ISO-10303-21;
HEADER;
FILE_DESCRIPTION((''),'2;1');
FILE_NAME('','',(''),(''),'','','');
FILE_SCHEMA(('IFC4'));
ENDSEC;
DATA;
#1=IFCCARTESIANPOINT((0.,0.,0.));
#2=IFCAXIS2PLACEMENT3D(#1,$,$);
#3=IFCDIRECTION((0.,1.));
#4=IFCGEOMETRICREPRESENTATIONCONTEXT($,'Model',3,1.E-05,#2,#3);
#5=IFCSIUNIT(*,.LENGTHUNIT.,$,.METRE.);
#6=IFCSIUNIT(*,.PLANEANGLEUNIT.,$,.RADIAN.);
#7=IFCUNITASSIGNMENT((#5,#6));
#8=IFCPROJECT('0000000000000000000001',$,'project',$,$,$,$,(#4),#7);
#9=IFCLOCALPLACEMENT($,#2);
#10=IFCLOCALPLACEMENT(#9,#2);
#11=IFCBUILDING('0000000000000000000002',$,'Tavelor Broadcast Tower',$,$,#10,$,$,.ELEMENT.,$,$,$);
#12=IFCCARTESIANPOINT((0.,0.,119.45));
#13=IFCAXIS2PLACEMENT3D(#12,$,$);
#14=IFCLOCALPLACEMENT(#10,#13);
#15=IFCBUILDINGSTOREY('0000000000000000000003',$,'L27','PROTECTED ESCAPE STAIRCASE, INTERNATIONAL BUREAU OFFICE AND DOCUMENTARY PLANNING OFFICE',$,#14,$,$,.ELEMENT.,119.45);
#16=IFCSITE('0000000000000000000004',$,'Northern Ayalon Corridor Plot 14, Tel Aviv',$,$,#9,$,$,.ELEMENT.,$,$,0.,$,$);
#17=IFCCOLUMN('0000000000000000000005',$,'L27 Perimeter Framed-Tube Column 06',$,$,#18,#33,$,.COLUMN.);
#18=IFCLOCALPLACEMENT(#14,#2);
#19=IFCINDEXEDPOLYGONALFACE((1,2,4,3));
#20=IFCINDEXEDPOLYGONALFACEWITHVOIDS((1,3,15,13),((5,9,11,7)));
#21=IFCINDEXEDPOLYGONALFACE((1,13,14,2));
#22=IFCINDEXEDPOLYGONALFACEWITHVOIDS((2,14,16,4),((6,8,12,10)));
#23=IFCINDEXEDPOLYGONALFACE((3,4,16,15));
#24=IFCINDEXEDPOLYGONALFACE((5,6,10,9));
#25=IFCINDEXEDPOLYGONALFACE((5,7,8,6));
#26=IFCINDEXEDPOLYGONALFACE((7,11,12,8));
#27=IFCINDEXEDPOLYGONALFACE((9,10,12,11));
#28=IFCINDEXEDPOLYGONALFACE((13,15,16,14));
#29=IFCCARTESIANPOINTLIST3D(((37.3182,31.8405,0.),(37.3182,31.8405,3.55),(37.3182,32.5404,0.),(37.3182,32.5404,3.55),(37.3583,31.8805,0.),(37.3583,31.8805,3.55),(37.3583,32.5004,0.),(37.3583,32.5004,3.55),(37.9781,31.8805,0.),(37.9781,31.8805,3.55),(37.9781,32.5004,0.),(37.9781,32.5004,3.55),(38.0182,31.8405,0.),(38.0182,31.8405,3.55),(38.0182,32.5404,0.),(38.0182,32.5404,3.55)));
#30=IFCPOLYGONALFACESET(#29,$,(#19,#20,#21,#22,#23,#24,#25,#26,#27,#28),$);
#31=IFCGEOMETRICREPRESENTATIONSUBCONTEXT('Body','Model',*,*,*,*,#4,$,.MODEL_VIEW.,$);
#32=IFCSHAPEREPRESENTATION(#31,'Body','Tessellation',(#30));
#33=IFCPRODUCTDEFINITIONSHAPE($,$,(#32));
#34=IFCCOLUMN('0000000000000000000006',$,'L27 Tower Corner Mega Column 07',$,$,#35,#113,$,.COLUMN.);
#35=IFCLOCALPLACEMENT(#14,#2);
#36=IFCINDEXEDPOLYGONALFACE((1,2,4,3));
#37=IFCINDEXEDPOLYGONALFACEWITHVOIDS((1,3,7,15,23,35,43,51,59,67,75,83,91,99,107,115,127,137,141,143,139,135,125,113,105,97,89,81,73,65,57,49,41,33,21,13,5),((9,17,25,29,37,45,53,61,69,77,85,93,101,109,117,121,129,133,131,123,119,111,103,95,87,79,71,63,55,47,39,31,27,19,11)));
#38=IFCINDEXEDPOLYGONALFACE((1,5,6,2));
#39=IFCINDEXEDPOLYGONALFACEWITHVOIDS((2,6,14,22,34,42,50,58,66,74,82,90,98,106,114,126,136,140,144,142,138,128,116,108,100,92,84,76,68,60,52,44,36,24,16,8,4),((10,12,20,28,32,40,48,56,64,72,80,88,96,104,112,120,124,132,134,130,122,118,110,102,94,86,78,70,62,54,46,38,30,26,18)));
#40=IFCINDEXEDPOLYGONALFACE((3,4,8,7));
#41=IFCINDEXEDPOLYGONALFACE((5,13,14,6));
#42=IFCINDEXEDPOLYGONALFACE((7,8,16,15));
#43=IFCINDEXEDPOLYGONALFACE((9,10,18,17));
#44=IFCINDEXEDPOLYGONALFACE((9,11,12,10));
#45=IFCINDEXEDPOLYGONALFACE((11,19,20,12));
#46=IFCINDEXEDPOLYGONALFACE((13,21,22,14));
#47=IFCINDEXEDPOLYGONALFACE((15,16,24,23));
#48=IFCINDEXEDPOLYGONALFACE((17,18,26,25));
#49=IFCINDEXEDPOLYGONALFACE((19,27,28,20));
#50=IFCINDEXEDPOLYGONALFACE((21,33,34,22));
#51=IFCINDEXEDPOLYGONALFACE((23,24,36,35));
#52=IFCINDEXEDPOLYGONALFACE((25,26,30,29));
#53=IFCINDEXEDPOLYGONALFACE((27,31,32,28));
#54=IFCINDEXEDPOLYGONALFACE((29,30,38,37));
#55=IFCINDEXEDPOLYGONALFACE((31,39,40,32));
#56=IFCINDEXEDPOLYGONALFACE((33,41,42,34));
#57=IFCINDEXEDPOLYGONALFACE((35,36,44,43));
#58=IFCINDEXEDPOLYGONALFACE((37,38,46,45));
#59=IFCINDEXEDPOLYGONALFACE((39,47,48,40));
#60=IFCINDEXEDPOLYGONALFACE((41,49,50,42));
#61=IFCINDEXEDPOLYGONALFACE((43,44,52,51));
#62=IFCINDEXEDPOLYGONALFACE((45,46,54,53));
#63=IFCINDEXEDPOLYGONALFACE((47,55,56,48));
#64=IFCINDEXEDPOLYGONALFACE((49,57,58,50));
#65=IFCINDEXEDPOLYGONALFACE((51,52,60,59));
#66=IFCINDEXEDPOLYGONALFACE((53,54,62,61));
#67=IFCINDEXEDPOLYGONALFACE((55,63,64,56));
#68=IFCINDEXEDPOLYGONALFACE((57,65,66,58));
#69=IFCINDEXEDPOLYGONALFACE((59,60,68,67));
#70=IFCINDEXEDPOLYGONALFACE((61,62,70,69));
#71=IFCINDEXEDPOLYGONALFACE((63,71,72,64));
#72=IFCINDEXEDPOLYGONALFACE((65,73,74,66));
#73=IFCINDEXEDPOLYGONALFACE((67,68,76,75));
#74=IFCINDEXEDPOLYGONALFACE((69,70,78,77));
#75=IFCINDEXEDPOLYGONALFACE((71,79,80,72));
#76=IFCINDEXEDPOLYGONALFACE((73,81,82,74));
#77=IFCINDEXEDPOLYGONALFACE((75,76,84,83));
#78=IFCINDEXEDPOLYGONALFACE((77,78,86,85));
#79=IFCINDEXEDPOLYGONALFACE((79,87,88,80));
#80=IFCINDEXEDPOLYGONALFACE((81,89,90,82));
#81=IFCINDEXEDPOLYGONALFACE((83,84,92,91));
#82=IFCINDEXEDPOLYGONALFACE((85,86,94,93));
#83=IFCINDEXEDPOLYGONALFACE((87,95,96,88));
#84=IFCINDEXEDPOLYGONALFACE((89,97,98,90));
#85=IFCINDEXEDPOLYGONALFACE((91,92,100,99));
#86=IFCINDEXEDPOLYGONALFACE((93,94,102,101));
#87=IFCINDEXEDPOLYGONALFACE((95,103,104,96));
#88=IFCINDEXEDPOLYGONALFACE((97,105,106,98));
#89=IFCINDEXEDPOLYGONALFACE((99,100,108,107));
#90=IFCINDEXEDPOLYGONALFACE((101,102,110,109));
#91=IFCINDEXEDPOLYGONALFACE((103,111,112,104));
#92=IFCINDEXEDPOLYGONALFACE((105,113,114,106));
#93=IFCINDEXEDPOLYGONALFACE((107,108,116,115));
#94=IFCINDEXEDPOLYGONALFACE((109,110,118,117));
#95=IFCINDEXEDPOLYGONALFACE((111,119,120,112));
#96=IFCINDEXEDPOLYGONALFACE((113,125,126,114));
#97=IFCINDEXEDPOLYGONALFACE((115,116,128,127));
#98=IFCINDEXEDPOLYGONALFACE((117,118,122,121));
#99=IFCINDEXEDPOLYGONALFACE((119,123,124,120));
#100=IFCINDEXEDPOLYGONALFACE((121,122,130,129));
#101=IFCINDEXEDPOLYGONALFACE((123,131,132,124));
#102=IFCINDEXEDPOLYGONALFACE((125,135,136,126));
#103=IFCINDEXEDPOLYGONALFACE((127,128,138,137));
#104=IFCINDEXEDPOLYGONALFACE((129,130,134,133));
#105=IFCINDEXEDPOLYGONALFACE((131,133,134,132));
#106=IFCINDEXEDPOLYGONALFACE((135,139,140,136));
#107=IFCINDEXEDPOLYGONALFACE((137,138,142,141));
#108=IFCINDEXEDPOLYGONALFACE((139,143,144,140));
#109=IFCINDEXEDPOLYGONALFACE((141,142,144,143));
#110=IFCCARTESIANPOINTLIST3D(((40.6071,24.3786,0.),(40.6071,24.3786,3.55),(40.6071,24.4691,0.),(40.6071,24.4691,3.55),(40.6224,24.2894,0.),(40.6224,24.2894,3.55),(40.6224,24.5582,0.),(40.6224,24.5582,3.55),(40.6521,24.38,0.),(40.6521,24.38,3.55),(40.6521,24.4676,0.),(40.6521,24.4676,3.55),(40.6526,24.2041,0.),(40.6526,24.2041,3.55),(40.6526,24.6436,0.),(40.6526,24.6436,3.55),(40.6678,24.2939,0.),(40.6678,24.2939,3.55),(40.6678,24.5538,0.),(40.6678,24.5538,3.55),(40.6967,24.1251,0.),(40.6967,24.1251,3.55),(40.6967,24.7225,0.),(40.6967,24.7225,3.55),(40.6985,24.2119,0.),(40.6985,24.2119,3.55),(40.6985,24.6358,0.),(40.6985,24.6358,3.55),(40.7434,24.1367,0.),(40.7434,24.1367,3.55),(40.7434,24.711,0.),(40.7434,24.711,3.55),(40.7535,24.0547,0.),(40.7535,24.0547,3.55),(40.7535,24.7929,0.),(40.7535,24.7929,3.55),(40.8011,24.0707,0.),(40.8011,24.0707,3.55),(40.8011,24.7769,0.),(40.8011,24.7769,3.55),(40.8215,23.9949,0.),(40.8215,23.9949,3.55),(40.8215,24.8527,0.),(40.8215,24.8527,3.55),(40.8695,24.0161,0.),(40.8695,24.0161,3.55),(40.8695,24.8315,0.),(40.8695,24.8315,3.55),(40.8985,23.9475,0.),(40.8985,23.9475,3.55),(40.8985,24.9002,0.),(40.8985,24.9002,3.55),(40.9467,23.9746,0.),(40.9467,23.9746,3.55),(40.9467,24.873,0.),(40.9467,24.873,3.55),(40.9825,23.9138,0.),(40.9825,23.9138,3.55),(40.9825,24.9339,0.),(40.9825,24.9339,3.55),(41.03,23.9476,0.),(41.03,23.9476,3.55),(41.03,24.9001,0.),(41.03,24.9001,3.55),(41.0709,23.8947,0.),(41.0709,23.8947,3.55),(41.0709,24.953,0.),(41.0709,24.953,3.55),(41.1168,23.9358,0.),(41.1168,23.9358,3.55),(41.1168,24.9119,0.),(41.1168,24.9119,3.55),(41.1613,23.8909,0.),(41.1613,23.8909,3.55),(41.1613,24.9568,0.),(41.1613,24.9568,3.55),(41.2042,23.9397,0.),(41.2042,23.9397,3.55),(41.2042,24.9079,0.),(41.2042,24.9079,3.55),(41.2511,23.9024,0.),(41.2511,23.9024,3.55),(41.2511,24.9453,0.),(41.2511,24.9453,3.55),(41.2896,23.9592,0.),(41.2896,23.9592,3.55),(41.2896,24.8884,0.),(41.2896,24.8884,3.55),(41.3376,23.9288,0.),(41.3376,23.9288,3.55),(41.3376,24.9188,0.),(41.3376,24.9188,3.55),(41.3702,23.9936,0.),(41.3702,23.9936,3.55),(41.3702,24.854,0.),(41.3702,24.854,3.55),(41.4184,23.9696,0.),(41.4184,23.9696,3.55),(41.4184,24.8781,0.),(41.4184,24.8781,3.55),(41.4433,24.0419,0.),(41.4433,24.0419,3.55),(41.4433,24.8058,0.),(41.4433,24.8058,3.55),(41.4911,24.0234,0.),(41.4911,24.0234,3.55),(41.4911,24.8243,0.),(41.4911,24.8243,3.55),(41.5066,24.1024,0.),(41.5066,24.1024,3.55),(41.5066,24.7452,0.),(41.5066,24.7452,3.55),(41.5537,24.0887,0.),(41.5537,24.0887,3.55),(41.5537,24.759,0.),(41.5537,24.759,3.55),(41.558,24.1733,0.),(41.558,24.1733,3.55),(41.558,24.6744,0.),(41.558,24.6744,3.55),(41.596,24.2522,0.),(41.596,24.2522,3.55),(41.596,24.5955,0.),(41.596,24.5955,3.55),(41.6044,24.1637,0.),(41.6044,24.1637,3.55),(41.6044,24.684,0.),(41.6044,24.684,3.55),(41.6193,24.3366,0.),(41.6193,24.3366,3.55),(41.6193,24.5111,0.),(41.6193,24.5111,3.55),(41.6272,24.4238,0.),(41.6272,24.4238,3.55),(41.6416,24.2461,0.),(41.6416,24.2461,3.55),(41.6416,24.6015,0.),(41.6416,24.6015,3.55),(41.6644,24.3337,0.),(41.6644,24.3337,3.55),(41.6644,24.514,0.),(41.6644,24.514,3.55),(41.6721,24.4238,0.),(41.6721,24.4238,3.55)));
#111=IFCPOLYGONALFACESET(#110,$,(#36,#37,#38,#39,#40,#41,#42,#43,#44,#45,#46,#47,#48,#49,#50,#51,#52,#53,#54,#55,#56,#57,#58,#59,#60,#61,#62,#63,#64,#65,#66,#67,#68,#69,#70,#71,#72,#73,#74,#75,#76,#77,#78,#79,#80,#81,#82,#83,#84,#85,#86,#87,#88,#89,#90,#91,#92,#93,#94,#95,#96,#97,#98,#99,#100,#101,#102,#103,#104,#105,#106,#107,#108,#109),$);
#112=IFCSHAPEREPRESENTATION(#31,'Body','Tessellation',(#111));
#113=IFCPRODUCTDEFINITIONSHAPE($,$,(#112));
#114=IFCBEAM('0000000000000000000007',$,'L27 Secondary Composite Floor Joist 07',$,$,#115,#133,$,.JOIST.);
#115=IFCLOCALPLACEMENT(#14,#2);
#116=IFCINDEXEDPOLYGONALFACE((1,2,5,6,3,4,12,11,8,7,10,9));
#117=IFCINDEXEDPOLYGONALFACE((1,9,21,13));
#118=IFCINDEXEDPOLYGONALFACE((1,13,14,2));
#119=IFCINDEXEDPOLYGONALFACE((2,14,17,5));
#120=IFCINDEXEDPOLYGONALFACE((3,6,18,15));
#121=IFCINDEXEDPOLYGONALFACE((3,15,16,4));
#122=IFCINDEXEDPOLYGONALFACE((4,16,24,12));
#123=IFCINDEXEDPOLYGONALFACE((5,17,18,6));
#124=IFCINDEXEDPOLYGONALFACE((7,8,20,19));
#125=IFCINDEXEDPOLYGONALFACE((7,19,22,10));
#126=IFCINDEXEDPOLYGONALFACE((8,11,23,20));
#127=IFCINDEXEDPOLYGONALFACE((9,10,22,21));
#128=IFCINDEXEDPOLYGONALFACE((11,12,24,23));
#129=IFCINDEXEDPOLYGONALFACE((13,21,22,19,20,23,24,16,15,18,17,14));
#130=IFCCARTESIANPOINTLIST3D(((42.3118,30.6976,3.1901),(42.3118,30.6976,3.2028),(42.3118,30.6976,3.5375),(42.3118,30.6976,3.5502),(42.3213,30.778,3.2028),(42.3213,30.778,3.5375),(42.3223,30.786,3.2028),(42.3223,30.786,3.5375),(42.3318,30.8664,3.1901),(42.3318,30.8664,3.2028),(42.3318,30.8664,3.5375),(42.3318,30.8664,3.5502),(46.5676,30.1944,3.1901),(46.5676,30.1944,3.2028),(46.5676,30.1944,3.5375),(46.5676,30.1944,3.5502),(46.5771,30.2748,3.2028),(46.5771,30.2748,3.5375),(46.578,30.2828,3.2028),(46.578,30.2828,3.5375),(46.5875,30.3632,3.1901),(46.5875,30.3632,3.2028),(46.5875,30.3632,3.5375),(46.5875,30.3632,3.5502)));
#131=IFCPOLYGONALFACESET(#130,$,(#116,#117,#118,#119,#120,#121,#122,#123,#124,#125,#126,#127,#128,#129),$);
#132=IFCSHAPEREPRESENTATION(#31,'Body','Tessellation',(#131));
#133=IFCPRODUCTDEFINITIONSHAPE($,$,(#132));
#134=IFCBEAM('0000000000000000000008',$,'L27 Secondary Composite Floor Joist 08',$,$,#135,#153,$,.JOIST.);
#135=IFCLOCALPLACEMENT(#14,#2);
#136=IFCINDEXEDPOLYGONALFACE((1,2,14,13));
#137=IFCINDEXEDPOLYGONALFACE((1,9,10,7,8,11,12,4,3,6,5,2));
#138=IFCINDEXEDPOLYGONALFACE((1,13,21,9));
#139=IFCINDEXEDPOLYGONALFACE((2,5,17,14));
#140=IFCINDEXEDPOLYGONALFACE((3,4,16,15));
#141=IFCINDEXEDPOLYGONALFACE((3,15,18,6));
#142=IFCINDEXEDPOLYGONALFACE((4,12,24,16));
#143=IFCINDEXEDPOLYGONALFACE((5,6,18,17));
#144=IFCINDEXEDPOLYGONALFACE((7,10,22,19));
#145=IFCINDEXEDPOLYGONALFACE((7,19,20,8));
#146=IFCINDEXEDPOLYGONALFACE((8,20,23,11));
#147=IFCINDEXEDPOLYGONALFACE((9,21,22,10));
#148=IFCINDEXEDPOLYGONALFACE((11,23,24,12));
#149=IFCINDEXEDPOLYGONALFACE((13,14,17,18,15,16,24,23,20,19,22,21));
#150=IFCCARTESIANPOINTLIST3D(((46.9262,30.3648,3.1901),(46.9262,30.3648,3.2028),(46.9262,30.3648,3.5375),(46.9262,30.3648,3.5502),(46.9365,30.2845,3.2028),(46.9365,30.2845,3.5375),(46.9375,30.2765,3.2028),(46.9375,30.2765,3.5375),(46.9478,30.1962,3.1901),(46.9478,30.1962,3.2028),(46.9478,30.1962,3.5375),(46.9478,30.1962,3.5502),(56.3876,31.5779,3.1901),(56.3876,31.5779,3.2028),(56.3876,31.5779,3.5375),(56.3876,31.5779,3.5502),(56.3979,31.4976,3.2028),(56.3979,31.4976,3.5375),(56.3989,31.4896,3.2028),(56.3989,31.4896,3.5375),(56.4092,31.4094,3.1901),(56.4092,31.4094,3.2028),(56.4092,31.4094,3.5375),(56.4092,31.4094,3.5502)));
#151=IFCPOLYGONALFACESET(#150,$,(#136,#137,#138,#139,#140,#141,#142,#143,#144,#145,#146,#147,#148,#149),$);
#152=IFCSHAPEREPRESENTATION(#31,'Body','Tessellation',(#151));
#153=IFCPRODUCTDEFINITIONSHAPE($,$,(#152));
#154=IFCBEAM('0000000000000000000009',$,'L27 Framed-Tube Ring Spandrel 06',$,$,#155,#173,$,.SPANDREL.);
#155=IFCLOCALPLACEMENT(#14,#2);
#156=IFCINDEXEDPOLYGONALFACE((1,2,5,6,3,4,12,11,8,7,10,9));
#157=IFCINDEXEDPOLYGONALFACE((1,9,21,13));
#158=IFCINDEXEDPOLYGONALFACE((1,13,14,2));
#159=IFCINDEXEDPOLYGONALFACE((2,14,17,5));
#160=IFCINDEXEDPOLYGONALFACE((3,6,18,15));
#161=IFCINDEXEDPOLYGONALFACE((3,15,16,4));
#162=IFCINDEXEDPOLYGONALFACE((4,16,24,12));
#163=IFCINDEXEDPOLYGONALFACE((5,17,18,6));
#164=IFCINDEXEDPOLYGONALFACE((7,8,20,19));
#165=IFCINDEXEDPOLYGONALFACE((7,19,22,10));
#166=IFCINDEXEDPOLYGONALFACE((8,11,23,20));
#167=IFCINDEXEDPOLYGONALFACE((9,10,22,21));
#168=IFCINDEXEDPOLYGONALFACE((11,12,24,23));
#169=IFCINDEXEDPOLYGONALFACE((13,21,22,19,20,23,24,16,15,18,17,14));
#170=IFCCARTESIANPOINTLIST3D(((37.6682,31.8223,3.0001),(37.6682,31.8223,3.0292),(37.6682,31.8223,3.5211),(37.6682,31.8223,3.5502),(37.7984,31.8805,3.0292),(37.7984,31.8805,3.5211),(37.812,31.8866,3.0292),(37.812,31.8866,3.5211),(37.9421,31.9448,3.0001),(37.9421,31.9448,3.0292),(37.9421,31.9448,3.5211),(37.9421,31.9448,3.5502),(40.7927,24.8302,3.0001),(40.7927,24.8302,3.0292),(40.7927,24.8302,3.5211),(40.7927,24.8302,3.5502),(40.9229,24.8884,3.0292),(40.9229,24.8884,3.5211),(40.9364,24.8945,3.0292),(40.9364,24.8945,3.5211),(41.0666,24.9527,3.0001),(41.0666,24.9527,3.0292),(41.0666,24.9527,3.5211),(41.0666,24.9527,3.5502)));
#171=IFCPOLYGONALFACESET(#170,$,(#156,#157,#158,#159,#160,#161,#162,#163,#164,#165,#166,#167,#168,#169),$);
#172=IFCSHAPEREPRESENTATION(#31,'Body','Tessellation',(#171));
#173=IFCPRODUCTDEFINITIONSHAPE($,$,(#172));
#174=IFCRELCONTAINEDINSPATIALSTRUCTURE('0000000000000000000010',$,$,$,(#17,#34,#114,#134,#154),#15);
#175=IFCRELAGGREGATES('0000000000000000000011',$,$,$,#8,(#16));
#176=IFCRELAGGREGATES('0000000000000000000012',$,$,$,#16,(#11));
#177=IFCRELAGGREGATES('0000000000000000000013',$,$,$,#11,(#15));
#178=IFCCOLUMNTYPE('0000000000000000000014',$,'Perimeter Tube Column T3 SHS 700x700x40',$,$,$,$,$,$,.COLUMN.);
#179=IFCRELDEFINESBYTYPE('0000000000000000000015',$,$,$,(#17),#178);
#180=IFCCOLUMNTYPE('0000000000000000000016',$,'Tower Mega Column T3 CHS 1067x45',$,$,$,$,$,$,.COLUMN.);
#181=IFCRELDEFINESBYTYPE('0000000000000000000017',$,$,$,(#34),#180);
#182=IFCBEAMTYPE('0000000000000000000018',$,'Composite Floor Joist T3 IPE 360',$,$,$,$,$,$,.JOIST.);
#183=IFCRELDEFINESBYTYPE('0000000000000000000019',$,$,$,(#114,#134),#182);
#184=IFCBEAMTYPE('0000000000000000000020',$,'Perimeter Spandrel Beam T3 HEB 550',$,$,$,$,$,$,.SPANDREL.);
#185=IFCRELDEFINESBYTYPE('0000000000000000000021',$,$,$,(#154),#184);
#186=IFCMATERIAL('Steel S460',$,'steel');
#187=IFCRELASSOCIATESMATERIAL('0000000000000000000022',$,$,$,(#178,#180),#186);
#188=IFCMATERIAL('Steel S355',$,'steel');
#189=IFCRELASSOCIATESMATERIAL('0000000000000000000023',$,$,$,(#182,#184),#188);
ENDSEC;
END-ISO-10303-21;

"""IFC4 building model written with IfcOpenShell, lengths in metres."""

from ifc_helpers import new_model, si_unit, direction, frame, origin, origin_2d, place, context, subcontext, project, spatial, hollow_rectangle, hollow_circle, i_section, extrude, material, material_profile, profile_set, type_object, element, save


model = new_model("IFC4")

# Units and contexts
model_context = context("Model", 3, precision=1e-05, world=origin(), true_north=direction((0.0, 1.0)))
body_context = subcontext(model_context, "Body", "Model", "MODEL_VIEW")
ifc_project = project(units=[si_unit("LENGTHUNIT", "METRE"), si_unit("PLANEANGLEUNIT", "RADIAN")], contexts=[model_context])

# Site, building, storey
site_placement = place(None, origin())
site = spatial("IfcSite", under=ifc_project, at=site_placement, Name="Northern Ayalon Corridor Plot 14, Tel Aviv", CompositionType="ELEMENT", RefElevation=0.0)
building_placement = place(site_placement, origin())
building = spatial("IfcBuilding", under=site, at=building_placement, Name="Tavelor Broadcast Tower", CompositionType="ELEMENT")
storey_placement = place(building_placement, frame((0.0, 0.0, 119.45)))
storey = spatial("IfcBuildingStorey", under=building, at=storey_placement, Name="L27", Description="PROTECTED ESCAPE STAIRCASE, INTERNATIONAL BUREAU OFFICE AND DOCUMENTARY PLANNING OFFICE", CompositionType="ELEMENT", Elevation=119.45)

# Columns
ifc_material_1 = material(Name="Steel S460", Category="steel")
ifc_material_profile_1 = material_profile(ifc_material_1, hollow_rectangle(XDim=0.7, YDim=0.7, WallThickness=0.04, at=origin_2d()), Name="SHS 700x700x40")
ifc_profile_set_1 = profile_set([ifc_material_profile_1], Name="Steel S460")
column_type_1 = type_object("IfcColumnType", Name="Perimeter Tube Column T3 SHS 700x700x40", PredefinedType="COLUMN", material=ifc_profile_set_1)
column_1_placement = place(storey_placement, frame((37.6682, 32.1904, 0.0), z_axis=(0.0, 0.0, 1.0), x_axis=(1.0, 0.0, 0.0)))
element("IfcColumn", 1, at=column_1_placement, inside=storey, type_object=column_type_1, Name="L27 Perimeter Framed-Tube Column 06", PredefinedType="COLUMN", context=body_context, shape_type="SweptSolid", body=[
    extrude(hollow_rectangle(XDim=0.7, YDim=0.7, WallThickness=0.04, at=origin_2d()), origin(), (0.0, 0.0, 1.0), 3.55),
])
ifc_material_profile_2 = material_profile(ifc_material_1, hollow_circle(Radius=0.5334, WallThickness=0.0449, at=origin_2d()), Name="CHS 1067x45")
ifc_profile_set_2 = profile_set([ifc_material_profile_2], Name="Steel S460")
column_type_2 = type_object("IfcColumnType", Name="Tower Mega Column T3 CHS 1067x45", PredefinedType="COLUMN", material=ifc_profile_set_2)
column_2_placement = place(storey_placement, frame((41.1387, 24.4238, 0.0), z_axis=(0.0, 0.0, 1.0), x_axis=(1.0, 0.0, 0.0)))
element("IfcColumn", 2, at=column_2_placement, inside=storey, type_object=column_type_2, Name="L27 Tower Corner Mega Column 07", PredefinedType="COLUMN", context=body_context, shape_type="SweptSolid", body=[
    extrude(hollow_circle(Radius=0.5334, WallThickness=0.0449, at=origin_2d()), origin(), (0.0, 0.0, 1.0), 3.55),
])

# Beams
ifc_material_2 = material(Name="Steel S355", Category="steel")
ifc_material_profile_3 = material_profile(ifc_material_2, i_section(OverallWidth=0.1699, OverallDepth=0.3601, WebThickness=0.0081, FlangeThickness=0.0127, at=origin_2d()), Name="IPE 360")
ifc_profile_set_3 = profile_set([ifc_material_profile_3], Name="Steel S355")
beam_type_1 = type_object("IfcBeamType", Name="Composite Floor Joist T3 IPE 360", PredefinedType="JOIST", material=ifc_profile_set_3)
beam_1_placement = place(storey_placement, frame((42.3218, 30.782, 3.3701), z_axis=(0.993083, -0.117413, 0.0), x_axis=(0.117413, 0.993083, 0.0)))
element("IfcBeam", 3, at=beam_1_placement, inside=storey, type_object=beam_type_1, Name="L27 Secondary Composite Floor Joist 07", PredefinedType="JOIST", context=body_context, shape_type="SweptSolid", body=[
    extrude(i_section(OverallWidth=0.1699, OverallDepth=0.3601, WebThickness=0.0081, FlangeThickness=0.0127, at=origin_2d()), origin(), (0.0, 0.0, 1.0), 4.2854),
])
beam_2_placement = place(storey_placement, frame((46.937, 30.2805, 3.3701), z_axis=(0.99188, 0.127178, 0.0), x_axis=(-0.127178, 0.99188, 0.0)))
element("IfcBeam", 4, at=beam_2_placement, inside=storey, type_object=beam_type_1, Name="L27 Secondary Composite Floor Joist 08", PredefinedType="JOIST", context=body_context, shape_type="SweptSolid", body=[
    extrude(i_section(OverallWidth=0.1699, OverallDepth=0.3601, WebThickness=0.0081, FlangeThickness=0.0127, at=origin_2d()), origin(), (0.0, 0.0, 1.0), 9.5388),
])
ifc_material_profile_4 = material_profile(ifc_material_2, i_section(OverallWidth=0.3, OverallDepth=0.55, WebThickness=0.0149, FlangeThickness=0.0291, at=origin_2d()), Name="HEB 550")
ifc_profile_set_4 = profile_set([ifc_material_profile_4], Name="Steel S355")
beam_type_2 = type_object("IfcBeamType", Name="Perimeter Spandrel Beam T3 HEB 550", PredefinedType="SPANDREL", material=ifc_profile_set_4)
beam_3_placement = place(storey_placement, frame((37.8052, 31.8835, 3.2751), z_axis=(0.407977, -0.912992, 0.0), x_axis=(0.912992, 0.407977, 0.0)))
element("IfcBeam", 5, at=beam_3_placement, inside=storey, type_object=beam_type_2, Name="L27 Framed-Tube Ring Spandrel 06", PredefinedType="SPANDREL", context=body_context, shape_type="SweptSolid", body=[
    extrude(i_section(OverallWidth=0.3, OverallDepth=0.55, WebThickness=0.0149, FlangeThickness=0.0291, at=origin_2d()), origin(), (0.0, 0.0, 1.0), 7.6584),
])

save(model, "model.ifc")
